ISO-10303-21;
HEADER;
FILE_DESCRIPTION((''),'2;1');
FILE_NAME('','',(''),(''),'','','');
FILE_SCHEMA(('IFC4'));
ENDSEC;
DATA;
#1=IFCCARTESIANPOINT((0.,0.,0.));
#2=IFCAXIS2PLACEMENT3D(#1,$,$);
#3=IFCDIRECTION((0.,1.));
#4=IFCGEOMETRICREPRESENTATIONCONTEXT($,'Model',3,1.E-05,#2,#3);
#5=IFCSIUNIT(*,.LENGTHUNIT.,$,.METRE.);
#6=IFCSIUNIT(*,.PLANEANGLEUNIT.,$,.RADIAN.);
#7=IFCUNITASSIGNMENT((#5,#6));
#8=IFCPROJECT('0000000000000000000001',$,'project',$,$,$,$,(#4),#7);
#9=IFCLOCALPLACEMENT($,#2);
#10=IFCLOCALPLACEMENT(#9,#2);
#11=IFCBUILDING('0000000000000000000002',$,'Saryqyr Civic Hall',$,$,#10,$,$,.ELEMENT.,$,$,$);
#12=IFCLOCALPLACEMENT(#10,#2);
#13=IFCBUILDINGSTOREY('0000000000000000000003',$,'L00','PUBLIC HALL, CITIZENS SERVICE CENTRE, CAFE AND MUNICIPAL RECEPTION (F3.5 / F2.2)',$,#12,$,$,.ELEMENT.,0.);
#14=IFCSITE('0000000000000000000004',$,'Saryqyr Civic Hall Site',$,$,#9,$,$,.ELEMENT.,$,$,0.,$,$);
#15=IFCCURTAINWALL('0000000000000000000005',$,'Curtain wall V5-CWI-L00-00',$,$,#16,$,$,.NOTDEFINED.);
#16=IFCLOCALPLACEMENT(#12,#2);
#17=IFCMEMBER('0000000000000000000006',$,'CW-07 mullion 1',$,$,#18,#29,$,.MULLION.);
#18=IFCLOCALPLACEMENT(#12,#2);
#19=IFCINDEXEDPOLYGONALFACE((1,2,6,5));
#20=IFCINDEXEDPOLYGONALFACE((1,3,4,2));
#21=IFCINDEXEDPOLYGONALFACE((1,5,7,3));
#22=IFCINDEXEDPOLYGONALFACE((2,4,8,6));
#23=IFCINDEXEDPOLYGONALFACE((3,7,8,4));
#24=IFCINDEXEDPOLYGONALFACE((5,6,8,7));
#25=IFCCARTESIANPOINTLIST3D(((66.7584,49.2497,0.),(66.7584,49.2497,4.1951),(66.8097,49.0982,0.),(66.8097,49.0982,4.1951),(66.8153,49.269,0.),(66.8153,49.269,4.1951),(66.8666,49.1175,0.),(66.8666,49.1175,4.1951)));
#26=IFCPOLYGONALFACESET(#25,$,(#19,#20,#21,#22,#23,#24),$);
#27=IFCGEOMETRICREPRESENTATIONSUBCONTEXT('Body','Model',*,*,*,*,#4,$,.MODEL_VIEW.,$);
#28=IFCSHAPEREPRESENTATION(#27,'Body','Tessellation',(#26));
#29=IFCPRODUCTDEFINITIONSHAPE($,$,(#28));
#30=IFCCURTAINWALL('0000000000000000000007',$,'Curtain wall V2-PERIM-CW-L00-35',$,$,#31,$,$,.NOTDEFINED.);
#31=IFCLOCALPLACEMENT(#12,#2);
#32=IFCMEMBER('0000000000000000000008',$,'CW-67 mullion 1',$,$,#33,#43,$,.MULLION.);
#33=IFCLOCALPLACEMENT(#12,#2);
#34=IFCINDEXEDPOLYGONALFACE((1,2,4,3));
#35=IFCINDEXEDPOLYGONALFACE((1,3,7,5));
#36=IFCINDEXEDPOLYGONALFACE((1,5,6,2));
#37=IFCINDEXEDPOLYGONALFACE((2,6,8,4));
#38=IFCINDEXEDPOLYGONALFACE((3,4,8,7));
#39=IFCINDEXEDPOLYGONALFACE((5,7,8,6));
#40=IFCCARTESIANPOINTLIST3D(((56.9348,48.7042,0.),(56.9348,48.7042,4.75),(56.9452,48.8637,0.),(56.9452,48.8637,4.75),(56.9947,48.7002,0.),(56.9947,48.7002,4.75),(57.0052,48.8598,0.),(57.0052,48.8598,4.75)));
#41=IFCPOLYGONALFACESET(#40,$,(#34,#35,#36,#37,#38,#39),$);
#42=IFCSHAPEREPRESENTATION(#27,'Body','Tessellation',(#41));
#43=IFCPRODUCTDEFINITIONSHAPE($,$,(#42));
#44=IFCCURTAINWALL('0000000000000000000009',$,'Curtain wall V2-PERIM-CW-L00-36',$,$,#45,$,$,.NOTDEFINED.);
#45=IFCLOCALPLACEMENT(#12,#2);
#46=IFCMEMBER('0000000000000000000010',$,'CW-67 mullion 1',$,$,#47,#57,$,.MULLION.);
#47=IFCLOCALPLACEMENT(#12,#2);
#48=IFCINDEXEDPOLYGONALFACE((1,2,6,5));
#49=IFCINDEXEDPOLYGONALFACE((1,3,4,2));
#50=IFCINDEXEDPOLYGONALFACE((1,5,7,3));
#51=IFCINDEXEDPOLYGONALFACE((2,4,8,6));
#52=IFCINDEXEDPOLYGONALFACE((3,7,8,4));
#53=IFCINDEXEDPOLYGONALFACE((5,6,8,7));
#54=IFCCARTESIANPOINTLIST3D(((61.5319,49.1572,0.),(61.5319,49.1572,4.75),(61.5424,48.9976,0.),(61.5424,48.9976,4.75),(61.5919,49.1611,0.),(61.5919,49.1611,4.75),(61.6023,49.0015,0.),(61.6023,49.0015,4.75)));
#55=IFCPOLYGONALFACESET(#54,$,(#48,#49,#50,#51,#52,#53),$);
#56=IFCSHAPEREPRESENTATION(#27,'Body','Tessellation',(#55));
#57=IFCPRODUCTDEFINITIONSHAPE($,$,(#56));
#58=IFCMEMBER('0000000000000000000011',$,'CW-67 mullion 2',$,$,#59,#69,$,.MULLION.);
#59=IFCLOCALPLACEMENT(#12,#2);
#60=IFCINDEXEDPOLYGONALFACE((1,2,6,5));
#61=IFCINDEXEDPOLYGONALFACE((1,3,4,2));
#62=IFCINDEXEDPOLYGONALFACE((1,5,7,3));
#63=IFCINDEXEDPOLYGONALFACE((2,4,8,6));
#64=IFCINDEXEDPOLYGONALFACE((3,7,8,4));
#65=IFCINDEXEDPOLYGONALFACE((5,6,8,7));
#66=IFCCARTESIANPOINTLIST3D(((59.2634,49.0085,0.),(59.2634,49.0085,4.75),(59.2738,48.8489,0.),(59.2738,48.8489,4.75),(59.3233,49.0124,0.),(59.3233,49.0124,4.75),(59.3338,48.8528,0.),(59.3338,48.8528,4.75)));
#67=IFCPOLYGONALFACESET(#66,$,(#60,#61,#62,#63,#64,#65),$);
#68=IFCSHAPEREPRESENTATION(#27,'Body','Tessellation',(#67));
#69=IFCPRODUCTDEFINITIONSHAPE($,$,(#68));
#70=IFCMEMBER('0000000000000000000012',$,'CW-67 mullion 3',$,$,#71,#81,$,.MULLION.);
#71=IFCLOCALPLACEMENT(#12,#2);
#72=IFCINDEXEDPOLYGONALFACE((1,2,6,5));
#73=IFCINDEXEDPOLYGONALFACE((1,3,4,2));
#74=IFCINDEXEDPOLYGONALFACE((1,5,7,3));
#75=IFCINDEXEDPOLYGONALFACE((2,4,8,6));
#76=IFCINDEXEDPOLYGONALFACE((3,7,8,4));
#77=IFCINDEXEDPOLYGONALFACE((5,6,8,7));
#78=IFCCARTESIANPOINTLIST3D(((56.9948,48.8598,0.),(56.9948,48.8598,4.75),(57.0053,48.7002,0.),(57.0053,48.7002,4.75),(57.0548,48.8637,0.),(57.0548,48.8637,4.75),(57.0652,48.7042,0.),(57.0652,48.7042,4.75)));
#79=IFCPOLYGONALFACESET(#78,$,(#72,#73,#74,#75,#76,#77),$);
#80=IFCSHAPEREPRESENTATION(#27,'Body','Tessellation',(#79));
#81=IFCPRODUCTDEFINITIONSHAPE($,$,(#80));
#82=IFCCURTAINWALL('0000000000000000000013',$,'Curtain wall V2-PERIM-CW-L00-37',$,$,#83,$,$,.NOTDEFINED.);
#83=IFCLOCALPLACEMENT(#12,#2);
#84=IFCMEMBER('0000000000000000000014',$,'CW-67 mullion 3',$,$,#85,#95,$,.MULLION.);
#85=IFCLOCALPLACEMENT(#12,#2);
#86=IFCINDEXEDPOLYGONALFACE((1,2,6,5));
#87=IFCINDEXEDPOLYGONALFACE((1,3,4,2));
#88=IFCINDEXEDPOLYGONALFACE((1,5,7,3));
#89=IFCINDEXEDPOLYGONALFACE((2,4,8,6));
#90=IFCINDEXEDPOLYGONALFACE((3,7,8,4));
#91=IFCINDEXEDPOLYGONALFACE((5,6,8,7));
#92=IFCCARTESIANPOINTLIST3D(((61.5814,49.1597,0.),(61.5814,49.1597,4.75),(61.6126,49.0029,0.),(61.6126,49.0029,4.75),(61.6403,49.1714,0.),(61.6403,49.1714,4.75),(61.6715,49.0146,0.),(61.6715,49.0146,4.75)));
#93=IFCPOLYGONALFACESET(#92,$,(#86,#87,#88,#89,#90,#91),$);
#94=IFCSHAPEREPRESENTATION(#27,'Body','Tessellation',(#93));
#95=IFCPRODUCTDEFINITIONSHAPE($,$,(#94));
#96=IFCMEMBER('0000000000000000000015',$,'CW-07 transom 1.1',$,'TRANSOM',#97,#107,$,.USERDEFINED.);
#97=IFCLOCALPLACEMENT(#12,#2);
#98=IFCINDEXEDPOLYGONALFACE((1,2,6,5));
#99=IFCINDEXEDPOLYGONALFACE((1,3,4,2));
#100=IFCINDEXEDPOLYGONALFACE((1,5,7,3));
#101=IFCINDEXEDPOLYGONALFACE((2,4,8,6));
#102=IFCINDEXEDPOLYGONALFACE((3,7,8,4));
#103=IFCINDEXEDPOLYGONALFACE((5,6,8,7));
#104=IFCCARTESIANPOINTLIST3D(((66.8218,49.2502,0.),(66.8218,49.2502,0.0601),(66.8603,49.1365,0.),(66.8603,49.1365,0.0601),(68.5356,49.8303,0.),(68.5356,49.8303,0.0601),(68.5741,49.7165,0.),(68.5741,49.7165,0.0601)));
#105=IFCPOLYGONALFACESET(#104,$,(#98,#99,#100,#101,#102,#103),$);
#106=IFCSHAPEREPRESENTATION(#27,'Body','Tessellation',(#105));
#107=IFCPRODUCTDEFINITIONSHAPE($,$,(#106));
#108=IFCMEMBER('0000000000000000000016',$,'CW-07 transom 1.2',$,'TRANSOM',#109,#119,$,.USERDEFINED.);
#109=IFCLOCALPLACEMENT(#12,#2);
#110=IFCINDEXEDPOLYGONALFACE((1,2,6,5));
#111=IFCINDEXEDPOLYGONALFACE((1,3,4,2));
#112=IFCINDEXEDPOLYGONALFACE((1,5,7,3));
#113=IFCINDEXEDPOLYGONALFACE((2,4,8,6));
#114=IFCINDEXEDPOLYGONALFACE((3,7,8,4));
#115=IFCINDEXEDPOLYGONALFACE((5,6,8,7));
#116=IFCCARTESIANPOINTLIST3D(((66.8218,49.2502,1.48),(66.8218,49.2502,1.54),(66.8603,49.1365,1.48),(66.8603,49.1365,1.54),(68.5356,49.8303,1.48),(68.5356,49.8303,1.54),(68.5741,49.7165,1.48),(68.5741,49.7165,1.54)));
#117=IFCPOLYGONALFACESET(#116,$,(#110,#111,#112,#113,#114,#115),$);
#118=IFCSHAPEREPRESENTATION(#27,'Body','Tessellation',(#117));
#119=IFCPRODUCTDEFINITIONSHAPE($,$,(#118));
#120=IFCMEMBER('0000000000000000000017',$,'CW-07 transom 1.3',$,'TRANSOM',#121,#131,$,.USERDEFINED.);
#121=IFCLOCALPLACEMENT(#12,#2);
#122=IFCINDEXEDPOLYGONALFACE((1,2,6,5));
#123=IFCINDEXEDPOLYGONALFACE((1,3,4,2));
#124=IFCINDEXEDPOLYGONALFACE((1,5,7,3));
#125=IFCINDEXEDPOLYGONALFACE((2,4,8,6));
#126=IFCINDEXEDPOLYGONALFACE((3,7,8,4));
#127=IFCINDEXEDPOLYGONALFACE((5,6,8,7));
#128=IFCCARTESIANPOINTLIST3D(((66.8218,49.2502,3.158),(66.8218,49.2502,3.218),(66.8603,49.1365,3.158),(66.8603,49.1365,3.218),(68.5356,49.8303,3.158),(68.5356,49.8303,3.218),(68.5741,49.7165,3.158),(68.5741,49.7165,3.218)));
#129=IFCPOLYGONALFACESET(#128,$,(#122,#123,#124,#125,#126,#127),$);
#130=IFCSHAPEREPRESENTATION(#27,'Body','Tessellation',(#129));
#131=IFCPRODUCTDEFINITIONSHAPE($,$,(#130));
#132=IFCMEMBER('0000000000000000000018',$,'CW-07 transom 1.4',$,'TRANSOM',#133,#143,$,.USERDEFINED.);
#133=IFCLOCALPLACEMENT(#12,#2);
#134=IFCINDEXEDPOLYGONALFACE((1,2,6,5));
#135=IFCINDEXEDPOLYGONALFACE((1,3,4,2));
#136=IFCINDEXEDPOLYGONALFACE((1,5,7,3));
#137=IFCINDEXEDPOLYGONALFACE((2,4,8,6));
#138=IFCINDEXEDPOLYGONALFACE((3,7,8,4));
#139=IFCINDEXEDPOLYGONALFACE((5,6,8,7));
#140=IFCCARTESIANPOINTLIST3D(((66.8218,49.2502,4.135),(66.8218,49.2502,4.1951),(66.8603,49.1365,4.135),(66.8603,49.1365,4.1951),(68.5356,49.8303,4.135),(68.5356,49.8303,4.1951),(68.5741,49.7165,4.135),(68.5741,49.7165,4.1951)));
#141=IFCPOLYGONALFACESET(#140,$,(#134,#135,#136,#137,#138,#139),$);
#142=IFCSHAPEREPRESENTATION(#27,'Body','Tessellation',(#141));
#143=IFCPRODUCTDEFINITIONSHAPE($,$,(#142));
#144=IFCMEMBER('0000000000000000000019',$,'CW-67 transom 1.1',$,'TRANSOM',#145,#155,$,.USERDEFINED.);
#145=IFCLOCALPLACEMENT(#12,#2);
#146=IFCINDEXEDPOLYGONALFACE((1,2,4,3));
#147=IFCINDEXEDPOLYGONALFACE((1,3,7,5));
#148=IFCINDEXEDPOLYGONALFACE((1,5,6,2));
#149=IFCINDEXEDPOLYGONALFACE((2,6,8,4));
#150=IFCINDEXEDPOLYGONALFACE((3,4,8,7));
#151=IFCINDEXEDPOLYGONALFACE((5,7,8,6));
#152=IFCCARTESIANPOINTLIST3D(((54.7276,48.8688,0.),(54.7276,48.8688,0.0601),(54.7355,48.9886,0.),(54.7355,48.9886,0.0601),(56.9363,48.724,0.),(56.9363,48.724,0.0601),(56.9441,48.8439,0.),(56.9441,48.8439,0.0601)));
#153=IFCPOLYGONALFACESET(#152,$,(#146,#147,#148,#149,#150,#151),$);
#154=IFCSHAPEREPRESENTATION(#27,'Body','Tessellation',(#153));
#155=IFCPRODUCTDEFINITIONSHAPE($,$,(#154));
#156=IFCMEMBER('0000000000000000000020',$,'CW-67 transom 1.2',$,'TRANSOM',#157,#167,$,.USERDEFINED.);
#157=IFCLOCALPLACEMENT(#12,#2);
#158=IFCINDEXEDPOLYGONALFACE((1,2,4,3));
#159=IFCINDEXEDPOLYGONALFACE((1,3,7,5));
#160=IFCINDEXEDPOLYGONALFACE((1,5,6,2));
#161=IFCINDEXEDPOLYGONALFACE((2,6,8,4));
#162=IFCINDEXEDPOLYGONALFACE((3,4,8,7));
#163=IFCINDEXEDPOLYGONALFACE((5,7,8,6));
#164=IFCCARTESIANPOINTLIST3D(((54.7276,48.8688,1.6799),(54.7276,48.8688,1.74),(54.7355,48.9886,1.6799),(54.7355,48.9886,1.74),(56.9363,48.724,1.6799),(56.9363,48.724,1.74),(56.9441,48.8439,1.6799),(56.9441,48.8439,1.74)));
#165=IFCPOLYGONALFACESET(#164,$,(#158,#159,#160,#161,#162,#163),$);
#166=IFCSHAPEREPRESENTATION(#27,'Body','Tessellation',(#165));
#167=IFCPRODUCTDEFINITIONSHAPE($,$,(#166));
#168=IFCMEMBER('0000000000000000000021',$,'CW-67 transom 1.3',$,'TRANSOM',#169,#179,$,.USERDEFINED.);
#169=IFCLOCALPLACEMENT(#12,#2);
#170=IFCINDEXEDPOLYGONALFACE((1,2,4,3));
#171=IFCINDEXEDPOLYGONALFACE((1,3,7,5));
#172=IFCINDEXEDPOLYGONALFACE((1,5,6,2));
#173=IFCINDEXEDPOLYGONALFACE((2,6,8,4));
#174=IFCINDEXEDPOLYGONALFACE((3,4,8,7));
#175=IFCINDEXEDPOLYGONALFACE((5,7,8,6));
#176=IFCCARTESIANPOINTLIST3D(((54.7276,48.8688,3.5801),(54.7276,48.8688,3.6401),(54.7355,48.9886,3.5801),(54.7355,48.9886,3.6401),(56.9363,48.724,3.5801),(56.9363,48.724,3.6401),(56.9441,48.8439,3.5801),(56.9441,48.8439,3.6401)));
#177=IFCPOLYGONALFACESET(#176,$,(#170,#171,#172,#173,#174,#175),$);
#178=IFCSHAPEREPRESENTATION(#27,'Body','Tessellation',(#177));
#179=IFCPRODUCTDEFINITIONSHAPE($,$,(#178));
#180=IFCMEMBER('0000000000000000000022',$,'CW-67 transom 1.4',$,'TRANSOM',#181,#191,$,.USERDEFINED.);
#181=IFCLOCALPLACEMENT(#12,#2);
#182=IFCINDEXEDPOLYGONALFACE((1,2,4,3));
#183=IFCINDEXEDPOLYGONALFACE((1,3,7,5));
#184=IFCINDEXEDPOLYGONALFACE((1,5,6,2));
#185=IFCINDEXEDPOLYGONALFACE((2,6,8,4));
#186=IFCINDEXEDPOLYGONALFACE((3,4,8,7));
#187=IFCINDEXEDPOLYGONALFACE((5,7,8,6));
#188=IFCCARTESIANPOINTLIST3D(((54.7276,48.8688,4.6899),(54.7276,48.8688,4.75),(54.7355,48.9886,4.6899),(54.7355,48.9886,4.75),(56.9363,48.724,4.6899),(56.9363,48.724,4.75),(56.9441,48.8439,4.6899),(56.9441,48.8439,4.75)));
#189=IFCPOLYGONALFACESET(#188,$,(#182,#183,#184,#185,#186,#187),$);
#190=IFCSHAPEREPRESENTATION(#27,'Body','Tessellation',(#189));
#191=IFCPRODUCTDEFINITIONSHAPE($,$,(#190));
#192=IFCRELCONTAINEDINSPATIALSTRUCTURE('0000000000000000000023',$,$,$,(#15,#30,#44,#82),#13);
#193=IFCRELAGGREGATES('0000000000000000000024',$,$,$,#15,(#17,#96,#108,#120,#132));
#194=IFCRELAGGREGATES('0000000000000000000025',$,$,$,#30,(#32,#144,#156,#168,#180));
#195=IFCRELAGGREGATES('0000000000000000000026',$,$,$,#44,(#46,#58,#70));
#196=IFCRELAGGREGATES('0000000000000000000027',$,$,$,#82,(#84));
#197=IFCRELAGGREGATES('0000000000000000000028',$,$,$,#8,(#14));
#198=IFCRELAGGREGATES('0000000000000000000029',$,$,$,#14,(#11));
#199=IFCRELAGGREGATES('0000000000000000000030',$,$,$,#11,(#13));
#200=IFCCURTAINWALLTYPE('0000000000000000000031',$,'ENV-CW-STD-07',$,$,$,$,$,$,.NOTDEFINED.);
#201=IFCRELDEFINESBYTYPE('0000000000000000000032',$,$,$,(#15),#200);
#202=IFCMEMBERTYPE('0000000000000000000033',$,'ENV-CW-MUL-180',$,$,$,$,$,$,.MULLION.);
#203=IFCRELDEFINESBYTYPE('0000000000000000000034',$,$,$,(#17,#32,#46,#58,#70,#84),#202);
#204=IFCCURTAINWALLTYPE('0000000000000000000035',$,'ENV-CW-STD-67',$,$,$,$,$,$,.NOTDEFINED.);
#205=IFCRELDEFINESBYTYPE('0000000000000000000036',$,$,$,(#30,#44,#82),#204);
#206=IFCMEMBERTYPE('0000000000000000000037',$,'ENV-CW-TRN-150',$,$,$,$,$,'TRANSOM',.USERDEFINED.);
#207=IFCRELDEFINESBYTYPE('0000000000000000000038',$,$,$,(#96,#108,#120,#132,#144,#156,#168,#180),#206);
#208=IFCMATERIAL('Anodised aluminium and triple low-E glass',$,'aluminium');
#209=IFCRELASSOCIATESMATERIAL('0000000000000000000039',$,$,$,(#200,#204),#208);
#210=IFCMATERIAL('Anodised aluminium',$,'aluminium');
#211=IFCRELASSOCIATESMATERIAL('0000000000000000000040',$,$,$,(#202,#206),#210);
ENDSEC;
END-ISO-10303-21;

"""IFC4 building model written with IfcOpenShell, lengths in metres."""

from ifc_helpers import new_model, si_unit, direction, frame, origin, origin_2d, place, context, subcontext, project, spatial, rectangle, extrude, material, material_profile, profile_set, type_object, element, aggregate, save


model = new_model("IFC4")

# Units and contexts
model_context = context("Model", 3, precision=1e-05, world=origin(), true_north=direction((0.0, 1.0)))
body_context = subcontext(model_context, "Body", "Model", "MODEL_VIEW")
ifc_project = project(units=[si_unit("LENGTHUNIT", "METRE"), si_unit("PLANEANGLEUNIT", "RADIAN")], contexts=[model_context])

# Site, building, storey
site_placement = place(None, origin())
site = spatial("IfcSite", under=ifc_project, at=site_placement, Name="Saryqyr Civic Hall Site", CompositionType="ELEMENT", RefElevation=0.0)
building_placement = place(site_placement, origin())
building = spatial("IfcBuilding", under=site, at=building_placement, Name="Saryqyr Civic Hall", CompositionType="ELEMENT")
storey_placement = place(building_placement, origin())
storey = spatial("IfcBuildingStorey", under=building, at=storey_placement, Name="L00", Description="PUBLIC HALL, CITIZENS SERVICE CENTRE, CAFE AND MUNICIPAL RECEPTION (F3.5 / F2.2)", CompositionType="ELEMENT", Elevation=0.0)

# Curtain walls, members
ifc_material_1 = material(Name="Anodised aluminium and triple low-E glass", Category="aluminium")
curtain_wall_type_1 = type_object("IfcCurtainWallType", Name="ENV-CW-STD-07", PredefinedType="NOTDEFINED", material=ifc_material_1)
curtain_wall_1_placement = place(storey_placement, origin())
curtain_wall_1 = element("IfcCurtainWall", 1, at=curtain_wall_1_placement, inside=storey, type_object=curtain_wall_type_1, Name="Curtain wall V5-CWI-L00-00", PredefinedType="NOTDEFINED")
ifc_material_2 = material(Name="Anodised aluminium", Category="aluminium")
ifc_material_profile_1 = material_profile(ifc_material_2, rectangle(XDim=0.0601, YDim=0.1599, at=origin_2d()), Name="ALU MULLION 60x160")
ifc_profile_set_1 = profile_set([ifc_material_profile_1], Name="Anodised aluminium")
member_type_1 = type_object("IfcMemberType", Name="ENV-CW-MUL-180", PredefinedType="MULLION", material=ifc_profile_set_1)
member_1_placement = place(storey_placement, frame((66.8125, 49.1836, 0.0), z_axis=(0.0, 0.0, 1.0), x_axis=(0.947204, 0.320631, 0.0)))
member_1 = element("IfcMember", 2, at=member_1_placement, type_object=member_type_1, Name="CW-07 mullion 1", PredefinedType="MULLION", context=body_context, shape_type="SweptSolid", body=[
    extrude(rectangle(XDim=0.0601, YDim=0.1599, at=origin_2d()), origin(), (0.0, 0.0, 1.0), 4.1951),
])
curtain_wall_type_2 = type_object("IfcCurtainWallType", Name="ENV-CW-STD-67", PredefinedType="NOTDEFINED", material=ifc_material_1)
curtain_wall_2_placement = place(storey_placement, origin())
curtain_wall_2 = element("IfcCurtainWall", 3, at=curtain_wall_2_placement, inside=storey, type_object=curtain_wall_type_2, Name="Curtain wall V2-PERIM-CW-L00-35", PredefinedType="NOTDEFINED")
member_2_placement = place(storey_placement, frame((56.97, 48.782, 0.0), z_axis=(0.0, 0.0, 1.0), x_axis=(-0.997859, 0.065401, 0.0)))
member_2 = element("IfcMember", 4, at=member_2_placement, type_object=member_type_1, Name="CW-67 mullion 1", PredefinedType="MULLION", context=body_context, shape_type="SweptSolid", body=[
    extrude(rectangle(XDim=0.0601, YDim=0.1599, at=origin_2d()), origin(), (0.0, 0.0, 1.0), 4.75),
])

# Curtain wall, members
curtain_wall_3_placement = place(storey_placement, origin())
curtain_wall_3 = element("IfcCurtainWall", 5, at=curtain_wall_3_placement, inside=storey, type_object=curtain_wall_type_2, Name="Curtain wall V2-PERIM-CW-L00-36", PredefinedType="NOTDEFINED")
member_3_placement = place(storey_placement, frame((61.5671, 49.0793, 0.0), z_axis=(0.0, 0.0, 1.0), x_axis=(-0.997859, -0.065401, 0.0)))
member_3 = element("IfcMember", 6, at=member_3_placement, type_object=member_type_1, Name="CW-67 mullion 1", PredefinedType="MULLION", context=body_context, shape_type="SweptSolid", body=[
    extrude(rectangle(XDim=0.0601, YDim=0.1599, at=origin_2d()), origin(), (0.0, 0.0, 1.0), 4.75),
])
member_4_placement = place(storey_placement, frame((59.2986, 48.9307, 0.0), z_axis=(0.0, 0.0, 1.0), x_axis=(-0.997859, -0.065401, 0.0)))
member_4 = element("IfcMember", 7, at=member_4_placement, type_object=member_type_1, Name="CW-67 mullion 2", PredefinedType="MULLION", context=body_context, shape_type="SweptSolid", body=[
    extrude(rectangle(XDim=0.0601, YDim=0.1599, at=origin_2d()), origin(), (0.0, 0.0, 1.0), 4.75),
])
member_5_placement = place(storey_placement, frame((57.03, 48.782, 0.0), z_axis=(0.0, 0.0, 1.0), x_axis=(-0.997859, -0.065401, 0.0)))
member_5 = element("IfcMember", 8, at=member_5_placement, type_object=member_type_1, Name="CW-67 mullion 3", PredefinedType="MULLION", context=body_context, shape_type="SweptSolid", body=[
    extrude(rectangle(XDim=0.0601, YDim=0.1599, at=origin_2d()), origin(), (0.0, 0.0, 1.0), 4.75),
])

# Curtain wall, member
curtain_wall_4_placement = place(storey_placement, origin())
curtain_wall_4 = element("IfcCurtainWall", 9, at=curtain_wall_4_placement, inside=storey, type_object=curtain_wall_type_2, Name="Curtain wall V2-PERIM-CW-L00-37", PredefinedType="NOTDEFINED")
member_6_placement = place(storey_placement, frame((61.6265, 49.0872, 0.0), z_axis=(0.0, 0.0, 1.0), x_axis=(-0.980785, -0.195093, 0.0)))
member_6 = element("IfcMember", 10, at=member_6_placement, type_object=member_type_1, Name="CW-67 mullion 3", PredefinedType="MULLION", context=body_context, shape_type="SweptSolid", body=[
    extrude(rectangle(XDim=0.0601, YDim=0.1599, at=origin_2d()), origin(), (0.0, 0.0, 1.0), 4.75),
])

# Members
ifc_material_profile_2 = material_profile(ifc_material_2, rectangle(XDim=0.1201, YDim=0.0601, at=origin_2d()), Name="ALU TRANSOM 120x60")
ifc_profile_set_2 = profile_set([ifc_material_profile_2], Name="Anodised aluminium")
member_type_2 = type_object("IfcMemberType", Name="ENV-CW-TRN-150", ElementType="TRANSOM", PredefinedType="USERDEFINED", material=ifc_profile_set_2)
member_7_placement = place(storey_placement, frame((66.8411, 49.1934, 0.03), z_axis=(0.947216, 0.320596, 0.0), x_axis=(-0.320596, 0.947216, 0.0)))
member_7 = element("IfcMember", 11, at=member_7_placement, type_object=member_type_2, Name="CW-07 transom 1.1", ObjectType="TRANSOM", PredefinedType="USERDEFINED", context=body_context, shape_type="SweptSolid", body=[
    extrude(rectangle(XDim=0.1201, YDim=0.0601, at=origin_2d()), origin(), (0.0, 0.0, 1.0), 1.8093),
])
member_8_placement = place(storey_placement, frame((66.8411, 49.1934, 1.51), z_axis=(0.947216, 0.320596, 0.0), x_axis=(-0.320596, 0.947216, 0.0)))
member_8 = element("IfcMember", 12, at=member_8_placement, type_object=member_type_2, Name="CW-07 transom 1.2", ObjectType="TRANSOM", PredefinedType="USERDEFINED", context=body_context, shape_type="SweptSolid", body=[
    extrude(rectangle(XDim=0.1201, YDim=0.0601, at=origin_2d()), origin(), (0.0, 0.0, 1.0), 1.8093),
])
member_9_placement = place(storey_placement, frame((66.8411, 49.1934, 3.188), z_axis=(0.947216, 0.320596, 0.0), x_axis=(-0.320596, 0.947216, 0.0)))
member_9 = element("IfcMember", 13, at=member_9_placement, type_object=member_type_2, Name="CW-07 transom 1.3", ObjectType="TRANSOM", PredefinedType="USERDEFINED", context=body_context, shape_type="SweptSolid", body=[
    extrude(rectangle(XDim=0.1201, YDim=0.0601, at=origin_2d()), origin(), (0.0, 0.0, 1.0), 1.8093),
])
member_10_placement = place(storey_placement, frame((66.8411, 49.1934, 4.165), z_axis=(0.947216, 0.320596, 0.0), x_axis=(-0.320596, 0.947216, 0.0)))
member_10 = element("IfcMember", 14, at=member_10_placement, type_object=member_type_2, Name="CW-07 transom 1.4", ObjectType="TRANSOM", PredefinedType="USERDEFINED", context=body_context, shape_type="SweptSolid", body=[
    extrude(rectangle(XDim=0.1201, YDim=0.0601, at=origin_2d()), origin(), (0.0, 0.0, 1.0), 1.8093),
])
member_11_placement = place(storey_placement, frame((56.9402, 48.7839, 0.03), z_axis=(-0.997859, 0.065406, 0.0), x_axis=(-0.065406, -0.997859, 0.0)))
member_11 = element("IfcMember", 15, at=member_11_placement, type_object=member_type_2, Name="CW-67 transom 1.1", ObjectType="TRANSOM", PredefinedType="USERDEFINED", context=body_context, shape_type="SweptSolid", body=[
    extrude(rectangle(XDim=0.1201, YDim=0.0601, at=origin_2d()), origin(), (0.0, 0.0, 1.0), 2.2134),
])
member_12_placement = place(storey_placement, frame((56.9402, 48.7839, 1.71), z_axis=(-0.997859, 0.065406, 0.0), x_axis=(-0.065406, -0.997859, 0.0)))
member_12 = element("IfcMember", 16, at=member_12_placement, type_object=member_type_2, Name="CW-67 transom 1.2", ObjectType="TRANSOM", PredefinedType="USERDEFINED", context=body_context, shape_type="SweptSolid", body=[
    extrude(rectangle(XDim=0.1201, YDim=0.0601, at=origin_2d()), origin(), (0.0, 0.0, 1.0), 2.2134),
])
member_13_placement = place(storey_placement, frame((56.9402, 48.7839, 3.6101), z_axis=(-0.997859, 0.065406, 0.0), x_axis=(-0.065406, -0.997859, 0.0)))
member_13 = element("IfcMember", 17, at=member_13_placement, type_object=member_type_2, Name="CW-67 transom 1.3", ObjectType="TRANSOM", PredefinedType="USERDEFINED", context=body_context, shape_type="SweptSolid", body=[
    extrude(rectangle(XDim=0.1201, YDim=0.0601, at=origin_2d()), origin(), (0.0, 0.0, 1.0), 2.2134),
])
member_14_placement = place(storey_placement, frame((56.9402, 48.7839, 4.72), z_axis=(-0.997859, 0.065406, 0.0), x_axis=(-0.065406, -0.997859, 0.0)))
member_14 = element("IfcMember", 18, at=member_14_placement, type_object=member_type_2, Name="CW-67 transom 1.4", ObjectType="TRANSOM", PredefinedType="USERDEFINED", context=body_context, shape_type="SweptSolid", body=[
    extrude(rectangle(XDim=0.1201, YDim=0.0601, at=origin_2d()), origin(), (0.0, 0.0, 1.0), 2.2134),
])

aggregate(curtain_wall_1, [member_1, member_7, member_8, member_9, member_10])
aggregate(curtain_wall_2, [member_2, member_11, member_12, member_13, member_14])
aggregate(curtain_wall_3, [member_3, member_4, member_5])
aggregate(curtain_wall_4, [member_6])

save(model, "model.ifc")
